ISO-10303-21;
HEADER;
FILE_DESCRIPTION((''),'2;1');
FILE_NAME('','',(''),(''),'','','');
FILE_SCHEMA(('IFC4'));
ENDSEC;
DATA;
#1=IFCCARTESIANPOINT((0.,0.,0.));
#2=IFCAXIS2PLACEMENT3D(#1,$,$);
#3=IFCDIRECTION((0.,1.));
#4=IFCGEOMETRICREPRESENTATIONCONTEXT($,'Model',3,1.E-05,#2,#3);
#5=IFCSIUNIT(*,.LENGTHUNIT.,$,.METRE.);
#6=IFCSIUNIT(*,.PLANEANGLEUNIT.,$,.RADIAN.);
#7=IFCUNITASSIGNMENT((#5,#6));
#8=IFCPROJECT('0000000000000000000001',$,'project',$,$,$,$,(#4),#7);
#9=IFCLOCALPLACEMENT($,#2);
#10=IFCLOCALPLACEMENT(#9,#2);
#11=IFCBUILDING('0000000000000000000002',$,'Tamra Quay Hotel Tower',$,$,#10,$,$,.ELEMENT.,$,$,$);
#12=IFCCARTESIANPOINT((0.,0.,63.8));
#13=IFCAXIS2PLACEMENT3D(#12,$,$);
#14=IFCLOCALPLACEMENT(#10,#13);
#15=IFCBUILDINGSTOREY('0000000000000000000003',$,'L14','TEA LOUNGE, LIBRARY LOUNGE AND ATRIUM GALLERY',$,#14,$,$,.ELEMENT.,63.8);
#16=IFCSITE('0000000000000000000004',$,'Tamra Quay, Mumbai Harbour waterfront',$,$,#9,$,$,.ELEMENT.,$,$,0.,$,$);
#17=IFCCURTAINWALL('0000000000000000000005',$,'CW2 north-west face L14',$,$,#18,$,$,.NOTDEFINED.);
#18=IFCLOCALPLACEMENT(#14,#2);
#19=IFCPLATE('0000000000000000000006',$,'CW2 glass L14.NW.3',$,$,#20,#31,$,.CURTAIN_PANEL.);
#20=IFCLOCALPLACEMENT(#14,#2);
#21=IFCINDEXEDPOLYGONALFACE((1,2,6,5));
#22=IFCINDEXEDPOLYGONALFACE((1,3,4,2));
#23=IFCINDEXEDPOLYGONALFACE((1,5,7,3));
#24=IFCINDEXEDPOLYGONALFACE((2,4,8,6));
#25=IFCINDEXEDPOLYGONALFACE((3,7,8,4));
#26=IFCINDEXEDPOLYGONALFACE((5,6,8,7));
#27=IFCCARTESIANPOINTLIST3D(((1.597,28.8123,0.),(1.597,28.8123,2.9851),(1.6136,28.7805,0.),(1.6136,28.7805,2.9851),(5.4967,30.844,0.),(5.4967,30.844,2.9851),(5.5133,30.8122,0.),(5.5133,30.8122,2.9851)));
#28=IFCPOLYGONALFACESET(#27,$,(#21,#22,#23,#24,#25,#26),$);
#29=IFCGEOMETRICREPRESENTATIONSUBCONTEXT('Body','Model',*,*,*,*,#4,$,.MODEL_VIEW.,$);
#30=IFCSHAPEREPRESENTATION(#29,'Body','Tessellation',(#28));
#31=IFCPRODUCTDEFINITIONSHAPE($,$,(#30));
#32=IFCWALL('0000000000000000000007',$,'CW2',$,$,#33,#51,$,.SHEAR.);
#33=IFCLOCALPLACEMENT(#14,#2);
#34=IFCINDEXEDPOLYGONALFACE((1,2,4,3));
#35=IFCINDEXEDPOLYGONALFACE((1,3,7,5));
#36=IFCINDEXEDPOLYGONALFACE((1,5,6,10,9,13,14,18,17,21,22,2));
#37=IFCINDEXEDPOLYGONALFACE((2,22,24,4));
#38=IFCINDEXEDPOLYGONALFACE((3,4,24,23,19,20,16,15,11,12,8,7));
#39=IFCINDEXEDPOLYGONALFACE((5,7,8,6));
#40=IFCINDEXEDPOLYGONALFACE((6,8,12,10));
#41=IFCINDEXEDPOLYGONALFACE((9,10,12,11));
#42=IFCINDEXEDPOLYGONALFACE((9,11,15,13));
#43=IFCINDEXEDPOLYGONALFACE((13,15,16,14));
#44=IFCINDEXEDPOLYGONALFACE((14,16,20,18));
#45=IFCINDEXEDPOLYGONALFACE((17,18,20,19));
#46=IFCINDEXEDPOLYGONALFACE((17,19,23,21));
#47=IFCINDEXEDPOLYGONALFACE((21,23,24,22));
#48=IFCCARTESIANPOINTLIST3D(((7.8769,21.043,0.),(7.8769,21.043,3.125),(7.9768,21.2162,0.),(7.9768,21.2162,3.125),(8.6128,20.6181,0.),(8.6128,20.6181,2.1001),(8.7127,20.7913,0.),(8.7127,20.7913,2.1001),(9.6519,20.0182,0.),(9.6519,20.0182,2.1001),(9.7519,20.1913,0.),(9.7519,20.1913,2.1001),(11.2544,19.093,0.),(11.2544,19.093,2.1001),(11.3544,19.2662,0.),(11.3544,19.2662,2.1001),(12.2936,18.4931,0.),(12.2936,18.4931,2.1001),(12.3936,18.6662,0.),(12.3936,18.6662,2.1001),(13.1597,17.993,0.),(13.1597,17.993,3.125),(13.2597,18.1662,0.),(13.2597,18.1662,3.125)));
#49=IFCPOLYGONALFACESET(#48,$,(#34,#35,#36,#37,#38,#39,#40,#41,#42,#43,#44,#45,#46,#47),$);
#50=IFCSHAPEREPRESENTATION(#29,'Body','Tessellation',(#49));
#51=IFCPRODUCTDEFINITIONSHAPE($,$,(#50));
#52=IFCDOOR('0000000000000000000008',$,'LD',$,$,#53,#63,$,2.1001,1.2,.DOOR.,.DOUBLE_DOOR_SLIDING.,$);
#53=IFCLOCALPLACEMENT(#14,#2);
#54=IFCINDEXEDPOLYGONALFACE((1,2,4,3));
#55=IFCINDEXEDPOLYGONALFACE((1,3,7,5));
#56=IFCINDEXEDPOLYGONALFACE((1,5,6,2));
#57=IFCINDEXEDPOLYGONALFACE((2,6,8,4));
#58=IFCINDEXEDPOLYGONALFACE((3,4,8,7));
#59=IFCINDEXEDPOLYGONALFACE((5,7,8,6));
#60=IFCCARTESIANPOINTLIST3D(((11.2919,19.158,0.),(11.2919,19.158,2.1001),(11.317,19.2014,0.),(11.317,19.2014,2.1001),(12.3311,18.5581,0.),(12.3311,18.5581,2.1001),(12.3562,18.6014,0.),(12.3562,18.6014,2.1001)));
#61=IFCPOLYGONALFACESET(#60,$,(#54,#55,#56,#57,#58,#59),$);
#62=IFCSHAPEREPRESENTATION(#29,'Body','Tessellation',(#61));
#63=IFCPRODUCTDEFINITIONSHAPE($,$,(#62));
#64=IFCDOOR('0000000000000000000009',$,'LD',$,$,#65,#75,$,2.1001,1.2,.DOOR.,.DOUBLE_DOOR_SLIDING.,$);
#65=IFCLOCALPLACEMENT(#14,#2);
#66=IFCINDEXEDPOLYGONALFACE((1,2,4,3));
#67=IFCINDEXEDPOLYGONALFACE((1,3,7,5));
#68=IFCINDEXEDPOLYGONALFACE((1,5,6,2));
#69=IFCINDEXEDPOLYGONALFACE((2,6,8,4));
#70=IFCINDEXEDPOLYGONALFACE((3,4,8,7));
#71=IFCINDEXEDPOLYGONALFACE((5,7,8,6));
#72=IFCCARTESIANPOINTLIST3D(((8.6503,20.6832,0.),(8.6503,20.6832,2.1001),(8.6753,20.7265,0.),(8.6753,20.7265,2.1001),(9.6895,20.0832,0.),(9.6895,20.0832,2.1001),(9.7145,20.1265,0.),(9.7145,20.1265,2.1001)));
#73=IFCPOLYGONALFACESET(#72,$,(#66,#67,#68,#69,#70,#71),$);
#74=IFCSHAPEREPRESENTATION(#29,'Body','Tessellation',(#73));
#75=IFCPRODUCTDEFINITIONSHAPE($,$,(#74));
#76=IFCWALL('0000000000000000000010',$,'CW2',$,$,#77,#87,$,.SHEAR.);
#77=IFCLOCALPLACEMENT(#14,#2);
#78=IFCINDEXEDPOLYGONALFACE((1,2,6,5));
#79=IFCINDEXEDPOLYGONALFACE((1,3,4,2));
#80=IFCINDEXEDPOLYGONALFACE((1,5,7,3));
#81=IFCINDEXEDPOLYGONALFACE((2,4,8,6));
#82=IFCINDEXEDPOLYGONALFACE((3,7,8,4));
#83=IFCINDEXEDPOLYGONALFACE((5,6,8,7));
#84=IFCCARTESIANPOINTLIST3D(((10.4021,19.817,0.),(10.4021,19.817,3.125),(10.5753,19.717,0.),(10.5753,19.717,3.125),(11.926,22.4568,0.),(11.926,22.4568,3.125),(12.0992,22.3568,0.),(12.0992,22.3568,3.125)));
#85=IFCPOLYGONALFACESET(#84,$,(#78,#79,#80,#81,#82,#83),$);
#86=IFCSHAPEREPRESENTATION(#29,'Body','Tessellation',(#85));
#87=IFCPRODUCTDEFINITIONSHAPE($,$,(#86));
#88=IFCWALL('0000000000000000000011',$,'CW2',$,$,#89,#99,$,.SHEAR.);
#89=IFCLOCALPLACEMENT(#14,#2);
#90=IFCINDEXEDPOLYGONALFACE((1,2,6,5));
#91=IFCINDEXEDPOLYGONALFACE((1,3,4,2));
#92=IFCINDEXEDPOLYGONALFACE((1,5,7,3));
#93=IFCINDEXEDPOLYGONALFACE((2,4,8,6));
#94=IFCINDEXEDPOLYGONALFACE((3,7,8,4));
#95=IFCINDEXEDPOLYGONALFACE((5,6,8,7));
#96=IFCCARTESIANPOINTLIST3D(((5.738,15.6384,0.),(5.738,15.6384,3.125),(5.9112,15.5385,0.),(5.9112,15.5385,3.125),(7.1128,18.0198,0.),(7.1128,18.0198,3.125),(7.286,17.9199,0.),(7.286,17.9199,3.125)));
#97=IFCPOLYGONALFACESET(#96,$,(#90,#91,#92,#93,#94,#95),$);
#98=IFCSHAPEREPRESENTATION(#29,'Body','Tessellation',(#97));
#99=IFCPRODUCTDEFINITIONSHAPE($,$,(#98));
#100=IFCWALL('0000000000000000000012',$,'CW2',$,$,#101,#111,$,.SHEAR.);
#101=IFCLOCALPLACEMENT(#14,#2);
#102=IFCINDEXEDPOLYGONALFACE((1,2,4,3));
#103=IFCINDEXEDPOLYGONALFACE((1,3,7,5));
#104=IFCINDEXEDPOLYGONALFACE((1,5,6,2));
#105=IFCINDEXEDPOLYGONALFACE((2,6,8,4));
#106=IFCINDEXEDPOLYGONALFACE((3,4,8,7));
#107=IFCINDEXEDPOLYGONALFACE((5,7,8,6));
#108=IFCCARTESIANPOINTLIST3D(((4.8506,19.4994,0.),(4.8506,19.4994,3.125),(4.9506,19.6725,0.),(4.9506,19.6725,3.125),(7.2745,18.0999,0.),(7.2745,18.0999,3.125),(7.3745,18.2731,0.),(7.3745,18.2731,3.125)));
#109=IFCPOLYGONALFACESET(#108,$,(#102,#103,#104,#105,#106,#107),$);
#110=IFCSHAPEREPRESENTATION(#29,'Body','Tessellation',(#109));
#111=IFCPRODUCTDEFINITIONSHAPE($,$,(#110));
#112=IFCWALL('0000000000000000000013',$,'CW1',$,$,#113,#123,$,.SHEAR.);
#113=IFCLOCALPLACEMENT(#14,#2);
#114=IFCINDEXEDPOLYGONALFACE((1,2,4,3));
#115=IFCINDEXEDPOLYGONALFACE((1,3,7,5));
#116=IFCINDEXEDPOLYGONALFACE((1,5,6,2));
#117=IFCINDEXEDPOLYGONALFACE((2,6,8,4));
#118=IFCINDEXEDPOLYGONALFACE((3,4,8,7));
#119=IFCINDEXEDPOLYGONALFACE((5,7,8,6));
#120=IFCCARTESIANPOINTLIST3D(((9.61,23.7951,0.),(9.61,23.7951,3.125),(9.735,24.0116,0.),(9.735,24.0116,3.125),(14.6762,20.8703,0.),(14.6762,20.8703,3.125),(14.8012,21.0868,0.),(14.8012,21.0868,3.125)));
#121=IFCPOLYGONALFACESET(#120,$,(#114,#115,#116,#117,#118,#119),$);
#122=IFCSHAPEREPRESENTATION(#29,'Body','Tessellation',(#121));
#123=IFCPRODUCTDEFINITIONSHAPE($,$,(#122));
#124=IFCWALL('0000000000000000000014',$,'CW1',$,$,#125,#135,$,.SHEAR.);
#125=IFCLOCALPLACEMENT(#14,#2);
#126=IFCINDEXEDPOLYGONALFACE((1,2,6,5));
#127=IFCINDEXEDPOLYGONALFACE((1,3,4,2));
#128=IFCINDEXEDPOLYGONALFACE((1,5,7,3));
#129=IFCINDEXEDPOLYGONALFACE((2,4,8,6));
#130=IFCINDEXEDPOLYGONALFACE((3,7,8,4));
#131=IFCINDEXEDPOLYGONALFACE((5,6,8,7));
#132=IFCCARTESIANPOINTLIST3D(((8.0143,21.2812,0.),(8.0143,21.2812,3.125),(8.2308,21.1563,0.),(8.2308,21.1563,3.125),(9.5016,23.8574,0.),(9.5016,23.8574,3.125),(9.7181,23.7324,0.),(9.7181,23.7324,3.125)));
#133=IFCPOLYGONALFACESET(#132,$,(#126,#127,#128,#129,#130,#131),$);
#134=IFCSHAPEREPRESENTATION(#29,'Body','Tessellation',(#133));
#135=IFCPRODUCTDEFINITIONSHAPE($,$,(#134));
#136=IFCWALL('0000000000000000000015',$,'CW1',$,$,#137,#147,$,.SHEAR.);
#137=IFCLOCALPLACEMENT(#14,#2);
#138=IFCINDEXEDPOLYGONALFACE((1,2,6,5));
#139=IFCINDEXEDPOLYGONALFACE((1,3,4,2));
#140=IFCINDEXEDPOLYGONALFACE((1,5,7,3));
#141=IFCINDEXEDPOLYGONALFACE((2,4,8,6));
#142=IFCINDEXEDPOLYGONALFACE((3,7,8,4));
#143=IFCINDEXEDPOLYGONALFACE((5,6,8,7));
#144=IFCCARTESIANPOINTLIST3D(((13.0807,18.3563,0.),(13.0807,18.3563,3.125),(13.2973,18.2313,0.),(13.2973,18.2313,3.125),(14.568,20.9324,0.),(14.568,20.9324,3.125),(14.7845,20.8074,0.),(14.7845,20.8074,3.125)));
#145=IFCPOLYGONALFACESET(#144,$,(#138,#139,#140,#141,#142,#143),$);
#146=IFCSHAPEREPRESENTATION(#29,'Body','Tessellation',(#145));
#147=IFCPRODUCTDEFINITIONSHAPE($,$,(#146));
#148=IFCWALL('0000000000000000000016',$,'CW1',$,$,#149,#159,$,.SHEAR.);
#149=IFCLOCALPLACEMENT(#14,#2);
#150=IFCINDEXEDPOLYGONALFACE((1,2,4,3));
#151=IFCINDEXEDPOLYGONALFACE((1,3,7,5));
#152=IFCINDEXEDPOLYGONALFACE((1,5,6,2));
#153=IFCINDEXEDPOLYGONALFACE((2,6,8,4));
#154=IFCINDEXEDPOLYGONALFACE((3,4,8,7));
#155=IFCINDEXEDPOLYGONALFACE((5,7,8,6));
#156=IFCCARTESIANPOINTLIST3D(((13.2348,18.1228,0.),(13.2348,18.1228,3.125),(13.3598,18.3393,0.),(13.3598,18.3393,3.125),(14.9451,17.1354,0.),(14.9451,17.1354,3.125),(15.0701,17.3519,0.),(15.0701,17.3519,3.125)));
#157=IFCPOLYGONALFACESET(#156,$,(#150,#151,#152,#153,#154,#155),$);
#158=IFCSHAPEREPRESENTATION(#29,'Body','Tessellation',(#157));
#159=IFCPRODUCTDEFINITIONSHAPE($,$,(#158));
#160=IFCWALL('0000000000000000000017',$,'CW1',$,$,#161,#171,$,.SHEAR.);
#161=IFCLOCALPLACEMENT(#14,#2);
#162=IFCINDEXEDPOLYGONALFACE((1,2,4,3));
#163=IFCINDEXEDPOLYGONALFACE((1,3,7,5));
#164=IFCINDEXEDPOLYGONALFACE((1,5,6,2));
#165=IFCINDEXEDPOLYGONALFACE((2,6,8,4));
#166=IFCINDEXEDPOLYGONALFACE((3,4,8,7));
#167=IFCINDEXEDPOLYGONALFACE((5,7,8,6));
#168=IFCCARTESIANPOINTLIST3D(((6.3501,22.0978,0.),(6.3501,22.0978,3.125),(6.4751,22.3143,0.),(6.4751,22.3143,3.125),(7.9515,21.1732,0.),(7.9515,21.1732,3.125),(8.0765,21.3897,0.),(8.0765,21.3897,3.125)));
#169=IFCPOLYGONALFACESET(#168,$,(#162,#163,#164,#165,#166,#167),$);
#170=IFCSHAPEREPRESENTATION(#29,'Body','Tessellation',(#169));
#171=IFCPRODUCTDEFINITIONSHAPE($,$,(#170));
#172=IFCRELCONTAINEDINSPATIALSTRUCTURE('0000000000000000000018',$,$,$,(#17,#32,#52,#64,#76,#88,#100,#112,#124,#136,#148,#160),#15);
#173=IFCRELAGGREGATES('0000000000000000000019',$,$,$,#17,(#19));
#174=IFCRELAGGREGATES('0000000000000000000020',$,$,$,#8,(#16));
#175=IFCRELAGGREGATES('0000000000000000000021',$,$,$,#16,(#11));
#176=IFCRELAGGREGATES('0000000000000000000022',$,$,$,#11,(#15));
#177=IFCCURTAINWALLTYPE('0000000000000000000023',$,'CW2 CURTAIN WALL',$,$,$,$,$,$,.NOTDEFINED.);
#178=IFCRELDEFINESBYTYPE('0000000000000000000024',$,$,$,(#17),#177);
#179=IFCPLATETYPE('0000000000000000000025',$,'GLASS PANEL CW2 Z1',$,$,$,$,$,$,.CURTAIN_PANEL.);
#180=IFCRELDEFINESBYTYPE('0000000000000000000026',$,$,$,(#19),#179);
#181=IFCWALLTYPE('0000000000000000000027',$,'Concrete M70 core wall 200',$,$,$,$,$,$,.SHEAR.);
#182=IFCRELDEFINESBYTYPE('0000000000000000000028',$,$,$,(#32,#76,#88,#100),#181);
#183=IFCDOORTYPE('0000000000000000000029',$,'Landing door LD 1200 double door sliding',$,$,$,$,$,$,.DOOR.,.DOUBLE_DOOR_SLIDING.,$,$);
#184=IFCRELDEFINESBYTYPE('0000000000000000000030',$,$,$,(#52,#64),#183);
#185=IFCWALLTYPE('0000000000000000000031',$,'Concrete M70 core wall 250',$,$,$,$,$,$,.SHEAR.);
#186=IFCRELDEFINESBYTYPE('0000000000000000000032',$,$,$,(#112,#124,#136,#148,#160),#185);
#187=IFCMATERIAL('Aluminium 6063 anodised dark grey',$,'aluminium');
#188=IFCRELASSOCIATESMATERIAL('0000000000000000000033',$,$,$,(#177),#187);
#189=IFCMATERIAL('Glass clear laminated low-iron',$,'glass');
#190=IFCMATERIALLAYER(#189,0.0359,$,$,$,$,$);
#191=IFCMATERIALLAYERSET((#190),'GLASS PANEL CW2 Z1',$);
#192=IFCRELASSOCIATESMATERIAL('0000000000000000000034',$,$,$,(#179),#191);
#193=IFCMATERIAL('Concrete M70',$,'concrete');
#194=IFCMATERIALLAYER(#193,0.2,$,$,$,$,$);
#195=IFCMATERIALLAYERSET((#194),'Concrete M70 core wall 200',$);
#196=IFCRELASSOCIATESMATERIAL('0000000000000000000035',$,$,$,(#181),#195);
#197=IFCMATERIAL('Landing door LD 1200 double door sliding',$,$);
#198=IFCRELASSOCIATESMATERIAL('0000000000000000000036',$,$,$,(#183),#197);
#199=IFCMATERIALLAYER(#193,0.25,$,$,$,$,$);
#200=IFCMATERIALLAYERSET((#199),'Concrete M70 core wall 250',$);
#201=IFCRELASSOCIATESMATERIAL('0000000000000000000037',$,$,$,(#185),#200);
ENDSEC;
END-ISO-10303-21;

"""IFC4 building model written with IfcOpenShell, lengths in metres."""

from ifc_helpers import new_model, si_unit, direction, frame, frame_2d, origin, origin_2d, place, context, subcontext, project, spatial, rectangle, extrude, material, layer, layer_set, type_object, element, fill, aggregate, save


model = new_model("IFC4")

# Units and contexts
model_context = context("Model", 3, precision=1e-05, world=origin(), true_north=direction((0.0, 1.0)))
body_context = subcontext(model_context, "Body", "Model", "MODEL_VIEW")
ifc_project = project(units=[si_unit("LENGTHUNIT", "METRE"), si_unit("PLANEANGLEUNIT", "RADIAN")], contexts=[model_context])

# Site, building, storey
site_placement = place(None, origin())
site = spatial("IfcSite", under=ifc_project, at=site_placement, Name="Tamra Quay, Mumbai Harbour waterfront", CompositionType="ELEMENT", RefElevation=0.0)
building_placement = place(site_placement, origin())
building = spatial("IfcBuilding", under=site, at=building_placement, Name="Tamra Quay Hotel Tower", CompositionType="ELEMENT")
storey_placement = place(building_placement, frame((0.0, 0.0, 63.8)))
storey = spatial("IfcBuildingStorey", under=building, at=storey_placement, Name="L14", Description="TEA LOUNGE, LIBRARY LOUNGE AND ATRIUM GALLERY", CompositionType="ELEMENT", Elevation=63.8)

# Shared definitions
ifc_material_1 = material(Name="Concrete M70", Category="concrete")

# Curtain wall
ifc_material_2 = material(Name="Aluminium 6063 anodised dark grey", Category="aluminium")
curtain_wall_type_1 = type_object("IfcCurtainWallType", Name="CW2 CURTAIN WALL", PredefinedType="NOTDEFINED", material=ifc_material_2)
curtain_wall_1_placement = place(storey_placement, origin())
curtain_wall_1 = element("IfcCurtainWall", 1, at=curtain_wall_1_placement, inside=storey, type_object=curtain_wall_type_1, Name="CW2 north-west face L14", PredefinedType="NOTDEFINED")

# Plate
ifc_material_3 = material(Name="Glass clear laminated low-iron", Category="glass")
ifc_layer_1 = layer(ifc_material_3, 0.0359)
ifc_layer_set_1 = layer_set([ifc_layer_1], Name="GLASS PANEL CW2 Z1")
plate_type_1 = type_object("IfcPlateType", Name="GLASS PANEL CW2 Z1", PredefinedType="CURTAIN_PANEL", material=ifc_layer_set_1)
plate_1_placement = place(storey_placement, frame((3.5552, 29.8123, 0.0), z_axis=(0.0, 0.0, 1.0), x_axis=(-0.886856, -0.462045, 0.0)))
plate_1 = element("IfcPlate", 2, at=plate_1_placement, type_object=plate_type_1, Name="CW2 glass L14.NW.3", PredefinedType="CURTAIN_PANEL", context=body_context, shape_type="SweptSolid", body=[
    extrude(rectangle(XDim=4.3972, YDim=0.0359, at=origin_2d()), origin(), (0.0, 0.0, 1.0), 2.9851),
])
aggregate(curtain_wall_1, [plate_1])

# Wall, openings, doors
ifc_layer_2 = layer(ifc_material_1, 0.2)
ifc_layer_set_2 = layer_set([ifc_layer_2], Name="Concrete M70 core wall 200")
wall_type_1 = type_object("IfcWallType", Name="Concrete M70 core wall 200", PredefinedType="SHEAR", material=ifc_layer_set_2)
wall_1_placement = place(storey_placement, frame((13.2097, 18.0796, 0.0), z_axis=(0.0, 0.0, 1.0), x_axis=(-0.86603, 0.499992, 0.0)))
wall_1 = element("IfcWall", 3, at=wall_1_placement, inside=storey, type_object=wall_type_1, Name="CW2", PredefinedType="SHEAR", context=body_context, shape_type="SweptSolid", body=[
    extrude(rectangle(XDim=6.1001, YDim=0.2, at=frame_2d((3.05, 0.0))), origin(), (0.0, 0.0, 1.0), 3.125),
])
opening_1_placement = place(wall_1_placement, frame((1.0, 0.0, 0.0)))
opening_1 = element("IfcOpeningElement", 4, at=opening_1_placement, cuts=wall_1, PredefinedType="OPENING", context=body_context, shape_type="SweptSolid", body=[
    extrude(rectangle(XDim=1.2, YDim=2.1001, at=frame_2d((0.6001, 1.05))), frame((0.0, 0.1099, 0.0), z_axis=(0.0, -1.0, 0.0), x_axis=(1.0, 0.0, 0.0)), (0.0, 0.0, 1.0), 0.22),
])
opening_2_placement = place(wall_1_placement, frame((4.0503, 0.0, 0.0)))
opening_2 = element("IfcOpeningElement", 5, at=opening_2_placement, cuts=wall_1, PredefinedType="OPENING", context=body_context, shape_type="SweptSolid", body=[
    extrude(rectangle(XDim=1.2, YDim=2.1001, at=frame_2d((0.6001, 1.05))), frame((0.0, 0.1099, 0.0), z_axis=(0.0, -1.0, 0.0), x_axis=(1.0, 0.0, 0.0)), (0.0, 0.0, 1.0), 0.22),
])
ifc_material_4 = material(Name="Landing door LD 1200 double door sliding")
door_type = type_object("IfcDoorType", Name="Landing door LD 1200 double door sliding", OperationType="DOUBLE_DOOR_SLIDING", PredefinedType="DOOR", material=ifc_material_4)
door_1_placement = place(opening_1_placement, origin())
door_1 = element("IfcDoor", 6, at=door_1_placement, inside=storey, type_object=door_type, Name="LD", OperationType="DOUBLE_DOOR_SLIDING", OverallHeight=2.1001, OverallWidth=1.2, PredefinedType="DOOR", context=body_context, shape_type="SweptSolid", body=[
    extrude(rectangle(XDim=1.2, YDim=2.1001, at=frame_2d((0.6001, 1.05))), frame((0.0, 0.0249, 0.0), z_axis=(0.0, -1.0, 0.0), x_axis=(1.0, 0.0, 0.0)), (0.0, 0.0, 1.0), 0.05),
])
fill(opening_1, door_1)
door_2_placement = place(opening_2_placement, origin())
door_2 = element("IfcDoor", 7, at=door_2_placement, inside=storey, type_object=door_type, Name="LD", OperationType="DOUBLE_DOOR_SLIDING", OverallHeight=2.1001, OverallWidth=1.2, PredefinedType="DOOR", context=body_context, shape_type="SweptSolid", body=[
    extrude(rectangle(XDim=1.2, YDim=2.1001, at=frame_2d((0.6001, 1.05))), frame((0.0, 0.0249, 0.0), z_axis=(0.0, -1.0, 0.0), x_axis=(1.0, 0.0, 0.0)), (0.0, 0.0, 1.0), 0.05),
])
fill(opening_2, door_2)

# Walls
wall_2_placement = place(storey_placement, frame((10.4888, 19.7671, 0.0), z_axis=(0.0, 0.0, 1.0), x_axis=(0.499947, 0.866056, 0.0)))
element("IfcWall", 8, at=wall_2_placement, inside=storey, type_object=wall_type_1, Name="CW2", PredefinedType="SHEAR", context=body_context, shape_type="SweptSolid", body=[
    extrude(rectangle(XDim=3.0481, YDim=0.2, at=frame_2d((1.5239, 0.0))), origin(), (0.0, 0.0, 1.0), 3.125),
])
wall_3_placement = place(storey_placement, frame((7.1995, 17.97, 0.0), z_axis=(0.0, 0.0, 1.0), x_axis=(-0.499968, -0.866044, 0.0)))
element("IfcWall", 9, at=wall_3_placement, inside=storey, type_object=wall_type_1, Name="CW2", PredefinedType="SHEAR", context=body_context, shape_type="SweptSolid", body=[
    extrude(rectangle(XDim=2.7498, YDim=0.2, at=frame_2d((1.375, 0.0))), origin(), (0.0, 0.0, 1.0), 3.125),
])
wall_4_placement = place(storey_placement, frame((4.9006, 19.5859, 0.0), z_axis=(0.0, 0.0, 1.0), x_axis=(0.866023, -0.500004, 0.0)))
element("IfcWall", 10, at=wall_4_placement, inside=storey, type_object=wall_type_1, Name="CW2", PredefinedType="SHEAR", context=body_context, shape_type="SweptSolid", body=[
    extrude(rectangle(XDim=2.7988, YDim=0.2, at=frame_2d((1.3994, 0.0))), origin(), (0.0, 0.0, 1.0), 3.125),
])
ifc_layer_3 = layer(ifc_material_1, 0.25)
ifc_layer_set_3 = layer_set([ifc_layer_3], Name="Concrete M70 core wall 250")
wall_type_2 = type_object("IfcWallType", Name="Concrete M70 core wall 250", PredefinedType="SHEAR", material=ifc_layer_set_3)
wall_5_placement = place(storey_placement, frame((9.6726, 23.9033, 0.0), z_axis=(0.0, 0.0, 1.0), x_axis=(0.866036, -0.499981, 0.0)))
element("IfcWall", 11, at=wall_5_placement, inside=storey, type_object=wall_type_2, Name="CW1", PredefinedType="SHEAR", context=body_context, shape_type="SweptSolid", body=[
    extrude(rectangle(XDim=5.8499, YDim=0.25, at=frame_2d((2.9248, 0.0))), origin(), (0.0, 0.0, 1.0), 3.125),
])
for number, where, z_axis, x_axis, name in (
    (12, (8.1226, 21.2188, 0.0), (0.0, 0.0, 1.0), (0.499988, 0.866033, 0.0), "CW1"),
    (13, (14.6763, 20.8699, 0.0), (0.0, 0.0, 1.0), (-0.499988, -0.866033, 0.0), "CW1"),
):
    element("IfcWall", number, at=place(storey_placement, frame(where, z_axis=z_axis, x_axis=x_axis)), inside=storey, type_object=wall_type_2, Name=name, PredefinedType="SHEAR", context=body_context, shape_type="SweptSolid", body=[
        extrude(rectangle(XDim=2.9746, YDim=0.25, at=frame_2d((1.4873, 0.0))), origin(), (0.0, 0.0, 1.0), 3.125),
    ])
wall_6_placement = place(storey_placement, frame((13.2974, 18.231, 0.0), z_axis=(0.0, 0.0, 1.0), x_axis=(0.866044, -0.499969, 0.0)))
element("IfcWall", 14, at=wall_6_placement, inside=storey, type_object=wall_type_2, Name="CW1", PredefinedType="SHEAR", context=body_context, shape_type="SweptSolid", body=[
    extrude(rectangle(XDim=1.9749, YDim=0.25, at=frame_2d((0.9873, 0.0))), origin(), (0.0, 0.0, 1.0), 3.125),
])
wall_7_placement = place(storey_placement, frame((6.4126, 22.2061, 0.0), z_axis=(0.0, 0.0, 1.0), x_axis=(0.866016, -0.500016, 0.0)))
element("IfcWall", 15, at=wall_7_placement, inside=storey, type_object=wall_type_2, Name="CW1", PredefinedType="SHEAR", context=body_context, shape_type="SweptSolid", body=[
    extrude(rectangle(XDim=1.8491, YDim=0.25, at=frame_2d((0.9246, 0.0))), origin(), (0.0, 0.0, 1.0), 3.125),
])

save(model, "model.ifc")
